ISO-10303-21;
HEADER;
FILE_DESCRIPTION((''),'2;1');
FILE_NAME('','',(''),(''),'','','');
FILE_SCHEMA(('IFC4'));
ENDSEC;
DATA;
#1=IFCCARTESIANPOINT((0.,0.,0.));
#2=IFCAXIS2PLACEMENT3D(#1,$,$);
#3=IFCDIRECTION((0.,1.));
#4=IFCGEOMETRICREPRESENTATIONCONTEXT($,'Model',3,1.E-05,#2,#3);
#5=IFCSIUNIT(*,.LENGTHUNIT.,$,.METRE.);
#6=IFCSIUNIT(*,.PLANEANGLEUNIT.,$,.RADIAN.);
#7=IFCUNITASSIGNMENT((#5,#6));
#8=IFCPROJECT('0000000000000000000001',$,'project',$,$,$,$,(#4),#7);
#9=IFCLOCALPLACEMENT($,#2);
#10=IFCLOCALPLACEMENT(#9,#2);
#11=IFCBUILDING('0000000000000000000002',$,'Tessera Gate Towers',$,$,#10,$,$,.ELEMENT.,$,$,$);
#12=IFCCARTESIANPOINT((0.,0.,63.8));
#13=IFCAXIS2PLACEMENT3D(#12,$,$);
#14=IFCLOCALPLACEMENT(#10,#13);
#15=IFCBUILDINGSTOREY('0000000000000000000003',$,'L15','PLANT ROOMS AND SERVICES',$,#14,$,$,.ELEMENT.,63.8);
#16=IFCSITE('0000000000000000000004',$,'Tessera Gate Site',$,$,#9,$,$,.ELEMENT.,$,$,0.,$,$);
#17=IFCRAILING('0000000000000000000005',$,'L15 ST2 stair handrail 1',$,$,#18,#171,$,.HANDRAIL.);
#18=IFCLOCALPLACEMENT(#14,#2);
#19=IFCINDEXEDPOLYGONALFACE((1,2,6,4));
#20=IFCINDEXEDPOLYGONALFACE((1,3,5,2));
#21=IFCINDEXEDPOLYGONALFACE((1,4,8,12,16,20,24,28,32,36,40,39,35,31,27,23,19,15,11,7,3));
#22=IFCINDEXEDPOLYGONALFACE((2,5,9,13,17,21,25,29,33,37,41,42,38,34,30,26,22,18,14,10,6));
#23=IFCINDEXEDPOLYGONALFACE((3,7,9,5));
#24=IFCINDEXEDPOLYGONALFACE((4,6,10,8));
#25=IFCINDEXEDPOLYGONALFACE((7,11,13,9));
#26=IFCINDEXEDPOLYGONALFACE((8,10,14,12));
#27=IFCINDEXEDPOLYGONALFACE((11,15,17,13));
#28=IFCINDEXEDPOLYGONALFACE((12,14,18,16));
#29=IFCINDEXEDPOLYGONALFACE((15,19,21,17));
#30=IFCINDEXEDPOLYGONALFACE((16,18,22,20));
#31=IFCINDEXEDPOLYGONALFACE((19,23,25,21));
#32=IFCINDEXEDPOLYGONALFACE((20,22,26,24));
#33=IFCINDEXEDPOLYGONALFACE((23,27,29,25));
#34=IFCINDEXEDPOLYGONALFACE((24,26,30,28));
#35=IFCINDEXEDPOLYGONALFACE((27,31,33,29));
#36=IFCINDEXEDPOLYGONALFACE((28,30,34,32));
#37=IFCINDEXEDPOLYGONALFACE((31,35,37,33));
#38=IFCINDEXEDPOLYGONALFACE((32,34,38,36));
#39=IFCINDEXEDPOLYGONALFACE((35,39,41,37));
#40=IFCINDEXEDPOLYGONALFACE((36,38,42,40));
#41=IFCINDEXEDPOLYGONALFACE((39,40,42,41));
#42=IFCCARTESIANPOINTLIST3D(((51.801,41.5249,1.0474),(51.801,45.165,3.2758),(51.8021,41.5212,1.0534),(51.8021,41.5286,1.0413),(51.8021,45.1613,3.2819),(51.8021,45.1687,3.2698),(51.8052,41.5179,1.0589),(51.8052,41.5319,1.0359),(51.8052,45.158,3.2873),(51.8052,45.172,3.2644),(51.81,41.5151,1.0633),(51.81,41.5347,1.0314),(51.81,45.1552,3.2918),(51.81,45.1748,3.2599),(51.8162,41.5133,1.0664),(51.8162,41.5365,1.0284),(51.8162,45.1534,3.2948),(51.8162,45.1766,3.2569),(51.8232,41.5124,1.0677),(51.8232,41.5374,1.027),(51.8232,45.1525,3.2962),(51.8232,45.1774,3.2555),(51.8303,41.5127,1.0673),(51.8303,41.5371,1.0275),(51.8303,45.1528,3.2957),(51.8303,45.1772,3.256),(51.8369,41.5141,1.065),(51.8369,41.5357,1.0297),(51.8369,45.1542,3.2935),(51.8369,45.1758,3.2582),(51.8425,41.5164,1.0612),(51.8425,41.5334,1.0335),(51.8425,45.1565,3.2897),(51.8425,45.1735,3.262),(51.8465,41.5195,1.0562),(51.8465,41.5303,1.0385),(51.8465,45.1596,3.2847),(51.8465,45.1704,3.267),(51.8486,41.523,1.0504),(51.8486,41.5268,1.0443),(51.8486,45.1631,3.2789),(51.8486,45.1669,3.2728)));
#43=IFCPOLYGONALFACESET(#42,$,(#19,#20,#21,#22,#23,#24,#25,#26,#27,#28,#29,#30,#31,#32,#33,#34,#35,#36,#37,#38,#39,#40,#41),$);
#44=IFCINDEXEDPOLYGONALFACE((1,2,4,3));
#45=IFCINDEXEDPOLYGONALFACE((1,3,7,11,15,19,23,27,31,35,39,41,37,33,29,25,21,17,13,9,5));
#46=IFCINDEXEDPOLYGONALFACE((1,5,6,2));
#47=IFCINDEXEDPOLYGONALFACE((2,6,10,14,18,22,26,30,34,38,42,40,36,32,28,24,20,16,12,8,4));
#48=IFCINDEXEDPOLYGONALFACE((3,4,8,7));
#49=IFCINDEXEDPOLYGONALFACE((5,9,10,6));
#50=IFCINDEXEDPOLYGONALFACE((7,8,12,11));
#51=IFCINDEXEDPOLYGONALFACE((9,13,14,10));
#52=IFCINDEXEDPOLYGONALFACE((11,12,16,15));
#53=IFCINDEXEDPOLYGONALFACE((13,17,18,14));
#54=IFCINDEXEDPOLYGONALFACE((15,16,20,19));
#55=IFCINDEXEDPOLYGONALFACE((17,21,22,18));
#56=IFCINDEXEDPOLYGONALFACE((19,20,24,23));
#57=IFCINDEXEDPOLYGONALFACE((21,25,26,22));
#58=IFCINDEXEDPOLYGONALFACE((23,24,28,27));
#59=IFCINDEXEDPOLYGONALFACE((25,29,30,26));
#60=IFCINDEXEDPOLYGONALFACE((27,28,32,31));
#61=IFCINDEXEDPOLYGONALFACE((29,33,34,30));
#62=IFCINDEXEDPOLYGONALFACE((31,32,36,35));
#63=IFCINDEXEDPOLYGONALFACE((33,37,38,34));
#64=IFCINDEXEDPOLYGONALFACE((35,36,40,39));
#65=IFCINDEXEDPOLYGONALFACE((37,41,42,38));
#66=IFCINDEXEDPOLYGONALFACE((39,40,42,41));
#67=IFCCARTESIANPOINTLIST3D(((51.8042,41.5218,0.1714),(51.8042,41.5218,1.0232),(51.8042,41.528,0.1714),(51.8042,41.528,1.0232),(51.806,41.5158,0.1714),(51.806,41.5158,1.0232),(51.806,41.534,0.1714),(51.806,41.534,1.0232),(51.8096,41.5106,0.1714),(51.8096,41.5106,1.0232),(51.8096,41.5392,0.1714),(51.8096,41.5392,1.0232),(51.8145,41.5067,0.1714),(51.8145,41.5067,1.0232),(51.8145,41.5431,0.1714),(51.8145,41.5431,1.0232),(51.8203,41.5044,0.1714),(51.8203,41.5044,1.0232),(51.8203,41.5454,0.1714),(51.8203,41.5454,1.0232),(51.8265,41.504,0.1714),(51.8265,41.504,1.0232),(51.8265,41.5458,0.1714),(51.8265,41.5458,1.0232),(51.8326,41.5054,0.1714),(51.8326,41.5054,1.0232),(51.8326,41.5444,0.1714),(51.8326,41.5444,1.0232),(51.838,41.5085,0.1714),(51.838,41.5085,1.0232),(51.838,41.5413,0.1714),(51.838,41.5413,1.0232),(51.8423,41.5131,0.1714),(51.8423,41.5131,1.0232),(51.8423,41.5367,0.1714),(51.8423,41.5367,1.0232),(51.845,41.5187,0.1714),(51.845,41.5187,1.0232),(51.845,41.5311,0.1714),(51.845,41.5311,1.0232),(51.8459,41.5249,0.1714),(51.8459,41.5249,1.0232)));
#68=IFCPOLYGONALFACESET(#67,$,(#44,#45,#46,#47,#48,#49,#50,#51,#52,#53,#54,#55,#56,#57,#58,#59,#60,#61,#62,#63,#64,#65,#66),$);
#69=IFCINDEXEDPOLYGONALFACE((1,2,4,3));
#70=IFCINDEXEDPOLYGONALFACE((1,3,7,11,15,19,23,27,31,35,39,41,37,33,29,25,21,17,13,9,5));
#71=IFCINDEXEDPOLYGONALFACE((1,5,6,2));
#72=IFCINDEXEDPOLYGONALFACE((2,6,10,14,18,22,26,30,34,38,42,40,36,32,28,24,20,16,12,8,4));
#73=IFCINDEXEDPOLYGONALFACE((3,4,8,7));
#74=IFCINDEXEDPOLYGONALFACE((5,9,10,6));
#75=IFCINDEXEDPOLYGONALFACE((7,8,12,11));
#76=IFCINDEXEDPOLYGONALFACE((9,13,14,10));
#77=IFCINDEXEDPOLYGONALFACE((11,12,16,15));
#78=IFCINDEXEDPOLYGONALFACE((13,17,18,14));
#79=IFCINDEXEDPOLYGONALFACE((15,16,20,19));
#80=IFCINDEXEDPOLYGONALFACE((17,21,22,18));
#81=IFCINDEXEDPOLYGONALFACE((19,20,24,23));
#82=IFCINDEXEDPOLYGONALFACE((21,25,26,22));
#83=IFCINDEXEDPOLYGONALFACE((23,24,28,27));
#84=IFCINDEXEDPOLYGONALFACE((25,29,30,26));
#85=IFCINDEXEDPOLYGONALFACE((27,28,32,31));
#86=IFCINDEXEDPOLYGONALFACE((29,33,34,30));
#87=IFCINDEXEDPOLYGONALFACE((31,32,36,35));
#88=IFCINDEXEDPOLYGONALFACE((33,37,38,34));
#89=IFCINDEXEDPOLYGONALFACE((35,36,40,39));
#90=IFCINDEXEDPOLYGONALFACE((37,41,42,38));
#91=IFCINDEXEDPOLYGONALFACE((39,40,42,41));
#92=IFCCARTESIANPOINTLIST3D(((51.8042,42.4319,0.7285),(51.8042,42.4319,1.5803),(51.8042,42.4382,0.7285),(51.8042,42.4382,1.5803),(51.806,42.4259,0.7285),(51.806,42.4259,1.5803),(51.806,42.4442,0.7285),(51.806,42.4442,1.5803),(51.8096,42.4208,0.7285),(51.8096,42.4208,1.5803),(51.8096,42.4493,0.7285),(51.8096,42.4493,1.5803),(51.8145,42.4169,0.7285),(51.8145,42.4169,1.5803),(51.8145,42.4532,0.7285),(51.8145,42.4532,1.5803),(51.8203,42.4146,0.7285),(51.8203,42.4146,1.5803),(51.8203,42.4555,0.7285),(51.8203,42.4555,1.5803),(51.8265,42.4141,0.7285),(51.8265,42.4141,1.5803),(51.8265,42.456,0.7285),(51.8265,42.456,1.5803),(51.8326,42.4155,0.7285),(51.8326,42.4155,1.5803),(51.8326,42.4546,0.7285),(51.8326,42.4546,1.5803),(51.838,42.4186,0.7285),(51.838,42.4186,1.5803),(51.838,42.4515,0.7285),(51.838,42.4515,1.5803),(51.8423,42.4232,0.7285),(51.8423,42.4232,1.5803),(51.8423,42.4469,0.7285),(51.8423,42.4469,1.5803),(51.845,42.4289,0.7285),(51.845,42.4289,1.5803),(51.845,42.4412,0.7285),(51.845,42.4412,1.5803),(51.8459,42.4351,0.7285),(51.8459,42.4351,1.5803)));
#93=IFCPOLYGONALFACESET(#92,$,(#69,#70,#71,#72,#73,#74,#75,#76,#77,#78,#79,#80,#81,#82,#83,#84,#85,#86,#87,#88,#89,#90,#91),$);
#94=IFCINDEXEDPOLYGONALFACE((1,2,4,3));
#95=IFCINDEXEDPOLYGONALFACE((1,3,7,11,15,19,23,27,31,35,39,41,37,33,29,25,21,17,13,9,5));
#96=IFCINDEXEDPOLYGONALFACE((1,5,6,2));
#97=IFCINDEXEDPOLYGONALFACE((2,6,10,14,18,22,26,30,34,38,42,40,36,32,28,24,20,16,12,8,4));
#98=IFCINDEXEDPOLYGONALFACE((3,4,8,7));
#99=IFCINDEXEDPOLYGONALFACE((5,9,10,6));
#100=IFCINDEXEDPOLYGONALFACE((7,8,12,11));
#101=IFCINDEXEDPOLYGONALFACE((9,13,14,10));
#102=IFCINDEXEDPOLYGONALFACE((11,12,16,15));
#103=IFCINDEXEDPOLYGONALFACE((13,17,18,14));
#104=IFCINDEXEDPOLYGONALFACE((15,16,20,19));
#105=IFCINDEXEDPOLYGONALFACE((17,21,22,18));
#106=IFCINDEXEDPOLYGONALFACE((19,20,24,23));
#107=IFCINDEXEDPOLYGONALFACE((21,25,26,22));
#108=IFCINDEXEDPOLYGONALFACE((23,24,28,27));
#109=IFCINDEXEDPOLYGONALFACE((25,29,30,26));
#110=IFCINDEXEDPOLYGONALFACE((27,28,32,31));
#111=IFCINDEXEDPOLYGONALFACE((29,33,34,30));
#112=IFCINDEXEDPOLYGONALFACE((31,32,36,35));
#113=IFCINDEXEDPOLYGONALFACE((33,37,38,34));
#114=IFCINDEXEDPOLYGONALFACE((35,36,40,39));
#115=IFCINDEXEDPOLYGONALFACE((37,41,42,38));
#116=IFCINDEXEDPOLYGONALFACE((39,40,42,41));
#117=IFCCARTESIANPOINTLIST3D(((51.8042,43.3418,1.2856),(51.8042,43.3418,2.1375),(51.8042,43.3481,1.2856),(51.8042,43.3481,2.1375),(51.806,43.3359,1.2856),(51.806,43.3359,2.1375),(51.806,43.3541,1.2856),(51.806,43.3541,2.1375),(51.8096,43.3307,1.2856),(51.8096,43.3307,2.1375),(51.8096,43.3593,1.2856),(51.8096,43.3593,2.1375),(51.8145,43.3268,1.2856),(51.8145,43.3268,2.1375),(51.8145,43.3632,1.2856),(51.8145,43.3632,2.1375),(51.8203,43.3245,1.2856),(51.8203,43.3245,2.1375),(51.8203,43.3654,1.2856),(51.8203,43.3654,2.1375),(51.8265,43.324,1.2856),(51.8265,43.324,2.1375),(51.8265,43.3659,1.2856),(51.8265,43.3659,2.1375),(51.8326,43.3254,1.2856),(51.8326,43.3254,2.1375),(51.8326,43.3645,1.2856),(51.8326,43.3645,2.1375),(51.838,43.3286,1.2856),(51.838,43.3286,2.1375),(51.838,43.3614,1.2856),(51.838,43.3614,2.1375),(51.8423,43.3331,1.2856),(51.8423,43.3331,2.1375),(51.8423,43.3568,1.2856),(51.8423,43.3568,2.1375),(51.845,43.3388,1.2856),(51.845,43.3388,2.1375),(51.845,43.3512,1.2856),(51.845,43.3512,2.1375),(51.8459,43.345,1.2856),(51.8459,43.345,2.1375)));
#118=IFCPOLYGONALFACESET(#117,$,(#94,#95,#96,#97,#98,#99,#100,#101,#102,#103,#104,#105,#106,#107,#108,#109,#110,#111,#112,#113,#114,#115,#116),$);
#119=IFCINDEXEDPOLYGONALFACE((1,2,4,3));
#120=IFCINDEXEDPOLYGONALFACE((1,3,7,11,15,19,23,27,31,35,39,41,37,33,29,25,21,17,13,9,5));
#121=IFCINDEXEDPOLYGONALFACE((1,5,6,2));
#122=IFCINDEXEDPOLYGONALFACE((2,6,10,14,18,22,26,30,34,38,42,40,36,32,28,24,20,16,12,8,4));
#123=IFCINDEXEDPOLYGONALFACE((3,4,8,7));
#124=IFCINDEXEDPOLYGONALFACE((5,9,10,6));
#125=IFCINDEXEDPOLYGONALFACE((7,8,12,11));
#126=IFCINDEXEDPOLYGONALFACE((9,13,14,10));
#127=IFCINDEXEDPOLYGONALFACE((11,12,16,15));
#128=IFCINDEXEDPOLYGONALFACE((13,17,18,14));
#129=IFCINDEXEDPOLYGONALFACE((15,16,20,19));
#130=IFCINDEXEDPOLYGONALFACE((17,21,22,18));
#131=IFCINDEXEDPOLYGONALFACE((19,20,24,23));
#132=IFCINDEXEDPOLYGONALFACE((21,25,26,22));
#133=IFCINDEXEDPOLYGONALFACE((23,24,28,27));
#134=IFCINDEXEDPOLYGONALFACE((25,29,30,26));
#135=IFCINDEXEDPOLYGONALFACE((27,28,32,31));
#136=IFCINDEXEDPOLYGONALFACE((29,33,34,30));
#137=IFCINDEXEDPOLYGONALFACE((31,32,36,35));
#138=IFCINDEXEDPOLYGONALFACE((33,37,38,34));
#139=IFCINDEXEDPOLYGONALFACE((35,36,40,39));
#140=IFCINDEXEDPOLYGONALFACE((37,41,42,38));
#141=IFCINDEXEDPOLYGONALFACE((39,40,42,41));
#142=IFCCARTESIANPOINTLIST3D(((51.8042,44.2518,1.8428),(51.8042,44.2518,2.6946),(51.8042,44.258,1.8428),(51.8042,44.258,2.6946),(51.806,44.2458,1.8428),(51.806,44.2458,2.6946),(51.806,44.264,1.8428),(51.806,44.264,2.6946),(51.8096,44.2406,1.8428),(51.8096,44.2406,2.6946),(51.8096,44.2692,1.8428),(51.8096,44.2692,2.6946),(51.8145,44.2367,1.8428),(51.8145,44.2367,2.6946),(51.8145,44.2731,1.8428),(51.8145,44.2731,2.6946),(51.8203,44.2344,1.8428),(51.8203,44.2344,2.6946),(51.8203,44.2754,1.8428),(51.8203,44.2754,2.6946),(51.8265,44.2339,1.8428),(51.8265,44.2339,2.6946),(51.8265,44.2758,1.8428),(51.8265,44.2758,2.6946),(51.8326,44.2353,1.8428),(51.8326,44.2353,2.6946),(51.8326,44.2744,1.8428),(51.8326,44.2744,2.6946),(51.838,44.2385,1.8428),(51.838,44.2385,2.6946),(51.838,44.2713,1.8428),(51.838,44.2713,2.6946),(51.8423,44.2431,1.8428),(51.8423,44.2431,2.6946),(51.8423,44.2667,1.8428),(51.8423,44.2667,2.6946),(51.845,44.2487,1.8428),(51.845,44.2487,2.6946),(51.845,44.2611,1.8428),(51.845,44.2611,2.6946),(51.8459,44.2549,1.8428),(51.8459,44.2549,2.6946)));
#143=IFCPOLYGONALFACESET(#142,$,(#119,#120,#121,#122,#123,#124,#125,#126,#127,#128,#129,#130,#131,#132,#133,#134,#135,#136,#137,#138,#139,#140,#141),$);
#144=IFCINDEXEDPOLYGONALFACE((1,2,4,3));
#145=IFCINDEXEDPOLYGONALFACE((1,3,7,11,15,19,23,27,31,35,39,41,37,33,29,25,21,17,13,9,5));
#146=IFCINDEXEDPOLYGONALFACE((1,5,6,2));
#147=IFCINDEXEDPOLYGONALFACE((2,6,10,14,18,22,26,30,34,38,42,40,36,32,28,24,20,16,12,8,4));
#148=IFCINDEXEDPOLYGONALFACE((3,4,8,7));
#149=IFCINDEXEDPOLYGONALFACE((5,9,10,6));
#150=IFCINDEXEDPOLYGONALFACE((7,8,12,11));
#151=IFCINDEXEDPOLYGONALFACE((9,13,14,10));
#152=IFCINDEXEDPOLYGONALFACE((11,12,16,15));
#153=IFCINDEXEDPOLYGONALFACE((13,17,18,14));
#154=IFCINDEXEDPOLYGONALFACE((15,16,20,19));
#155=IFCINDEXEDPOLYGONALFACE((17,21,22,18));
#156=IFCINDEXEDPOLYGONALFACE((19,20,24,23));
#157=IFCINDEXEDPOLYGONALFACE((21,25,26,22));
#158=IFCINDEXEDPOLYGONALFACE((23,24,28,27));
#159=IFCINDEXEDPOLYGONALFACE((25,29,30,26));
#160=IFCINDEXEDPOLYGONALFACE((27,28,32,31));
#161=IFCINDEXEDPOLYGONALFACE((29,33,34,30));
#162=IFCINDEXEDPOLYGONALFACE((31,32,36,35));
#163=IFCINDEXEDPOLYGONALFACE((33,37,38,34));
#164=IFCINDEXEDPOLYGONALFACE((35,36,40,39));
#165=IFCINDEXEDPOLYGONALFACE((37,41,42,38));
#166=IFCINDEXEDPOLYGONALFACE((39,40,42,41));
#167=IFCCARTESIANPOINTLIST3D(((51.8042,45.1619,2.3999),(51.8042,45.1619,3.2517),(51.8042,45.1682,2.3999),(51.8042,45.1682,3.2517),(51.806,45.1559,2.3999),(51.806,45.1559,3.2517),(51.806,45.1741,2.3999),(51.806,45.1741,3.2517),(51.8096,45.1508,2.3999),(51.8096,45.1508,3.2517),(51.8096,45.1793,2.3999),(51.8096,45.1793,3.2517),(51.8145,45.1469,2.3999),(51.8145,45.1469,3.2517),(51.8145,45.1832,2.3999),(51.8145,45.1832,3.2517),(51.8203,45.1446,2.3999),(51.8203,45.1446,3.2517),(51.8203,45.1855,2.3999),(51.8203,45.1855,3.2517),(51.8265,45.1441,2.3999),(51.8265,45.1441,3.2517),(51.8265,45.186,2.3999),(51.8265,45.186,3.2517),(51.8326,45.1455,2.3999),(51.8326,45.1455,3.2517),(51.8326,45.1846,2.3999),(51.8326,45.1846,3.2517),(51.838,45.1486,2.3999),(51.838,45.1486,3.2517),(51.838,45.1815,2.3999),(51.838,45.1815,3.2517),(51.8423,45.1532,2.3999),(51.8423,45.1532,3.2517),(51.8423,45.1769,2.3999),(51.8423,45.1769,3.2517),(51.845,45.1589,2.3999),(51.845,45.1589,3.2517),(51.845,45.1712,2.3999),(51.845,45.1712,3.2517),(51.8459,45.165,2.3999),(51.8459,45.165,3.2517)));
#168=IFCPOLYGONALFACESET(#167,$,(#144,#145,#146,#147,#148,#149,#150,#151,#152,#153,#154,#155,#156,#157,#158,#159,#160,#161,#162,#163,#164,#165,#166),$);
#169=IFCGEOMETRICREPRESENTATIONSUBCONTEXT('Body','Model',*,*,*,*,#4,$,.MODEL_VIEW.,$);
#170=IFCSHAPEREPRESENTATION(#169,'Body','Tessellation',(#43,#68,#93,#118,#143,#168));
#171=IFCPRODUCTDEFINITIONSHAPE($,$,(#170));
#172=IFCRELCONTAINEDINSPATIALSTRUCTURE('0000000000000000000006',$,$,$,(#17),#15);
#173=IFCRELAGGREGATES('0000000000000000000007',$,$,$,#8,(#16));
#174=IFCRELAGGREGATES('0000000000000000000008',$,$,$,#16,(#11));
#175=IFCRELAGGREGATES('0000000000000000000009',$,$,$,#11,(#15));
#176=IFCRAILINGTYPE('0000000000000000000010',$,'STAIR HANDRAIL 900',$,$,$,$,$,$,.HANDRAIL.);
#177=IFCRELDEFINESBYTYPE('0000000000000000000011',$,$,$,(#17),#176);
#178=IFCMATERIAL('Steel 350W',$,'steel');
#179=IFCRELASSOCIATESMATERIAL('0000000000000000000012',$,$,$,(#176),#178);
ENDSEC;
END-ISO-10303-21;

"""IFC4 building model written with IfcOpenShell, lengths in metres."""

from ifc_helpers import new_model, si_unit, direction, frame, origin, origin_2d, place, context, subcontext, project, spatial, circle, extrude, material, type_object, element, save


model = new_model("IFC4")

# Units and contexts
model_context = context("Model", 3, precision=1e-05, world=origin(), true_north=direction((0.0, 1.0)))
body_context = subcontext(model_context, "Body", "Model", "MODEL_VIEW")
ifc_project = project(units=[si_unit("LENGTHUNIT", "METRE"), si_unit("PLANEANGLEUNIT", "RADIAN")], contexts=[model_context])

# Site, building, storey
site_placement = place(None, origin())
site = spatial("IfcSite", under=ifc_project, at=site_placement, Name="Tessera Gate Site", CompositionType="ELEMENT", RefElevation=0.0)
building_placement = place(site_placement, origin())
building = spatial("IfcBuilding", under=site, at=building_placement, Name="Tessera Gate Towers", CompositionType="ELEMENT")
storey_placement = place(building_placement, frame((0.0, 0.0, 63.8)))
storey = spatial("IfcBuildingStorey", under=building, at=storey_placement, Name="L15", Description="PLANT ROOMS AND SERVICES", CompositionType="ELEMENT", Elevation=63.8)

# Railing
ifc_material_1 = material(Name="Steel 350W", Category="steel")
railing_type_1 = type_object("IfcRailingType", Name="STAIR HANDRAIL 900", PredefinedType="HANDRAIL", material=ifc_material_1)
railing_1_placement = place(storey_placement, frame((51.825, 41.5249, 0.1714)))
element("IfcRailing", 1, at=railing_1_placement, inside=storey, type_object=railing_type_1, Name="L15 ST2 stair handrail 1", PredefinedType="HANDRAIL", context=body_context, shape_type="SweptSolid", body=[
    extrude(circle(Radius=0.0239, at=origin_2d()), frame((0.0, 0.0, 0.876), z_axis=(0.0, 0.852866, 0.52213), x_axis=(-1.0, 0.0, 0.0)), (0.0, 0.0, 1.0), 4.2681),
    extrude(circle(Radius=0.021, at=origin_2d()), origin(), (0.0, 0.0, 1.0), 0.8518),
    extrude(circle(Radius=0.021, at=origin_2d()), frame((0.0, 0.9102, 0.5571)), (0.0, 0.0, 1.0), 0.8518),
    extrude(circle(Radius=0.021, at=origin_2d()), frame((0.0, 1.8201, 1.1143)), (0.0, 0.0, 1.0), 0.8518),
    extrude(circle(Radius=0.021, at=origin_2d()), frame((0.0, 2.73, 1.6714)), (0.0, 0.0, 1.0), 0.8518),
    extrude(circle(Radius=0.021, at=origin_2d()), frame((0.0, 3.6401, 2.2285)), (0.0, 0.0, 1.0), 0.8518),
])

save(model, "model.ifc")
